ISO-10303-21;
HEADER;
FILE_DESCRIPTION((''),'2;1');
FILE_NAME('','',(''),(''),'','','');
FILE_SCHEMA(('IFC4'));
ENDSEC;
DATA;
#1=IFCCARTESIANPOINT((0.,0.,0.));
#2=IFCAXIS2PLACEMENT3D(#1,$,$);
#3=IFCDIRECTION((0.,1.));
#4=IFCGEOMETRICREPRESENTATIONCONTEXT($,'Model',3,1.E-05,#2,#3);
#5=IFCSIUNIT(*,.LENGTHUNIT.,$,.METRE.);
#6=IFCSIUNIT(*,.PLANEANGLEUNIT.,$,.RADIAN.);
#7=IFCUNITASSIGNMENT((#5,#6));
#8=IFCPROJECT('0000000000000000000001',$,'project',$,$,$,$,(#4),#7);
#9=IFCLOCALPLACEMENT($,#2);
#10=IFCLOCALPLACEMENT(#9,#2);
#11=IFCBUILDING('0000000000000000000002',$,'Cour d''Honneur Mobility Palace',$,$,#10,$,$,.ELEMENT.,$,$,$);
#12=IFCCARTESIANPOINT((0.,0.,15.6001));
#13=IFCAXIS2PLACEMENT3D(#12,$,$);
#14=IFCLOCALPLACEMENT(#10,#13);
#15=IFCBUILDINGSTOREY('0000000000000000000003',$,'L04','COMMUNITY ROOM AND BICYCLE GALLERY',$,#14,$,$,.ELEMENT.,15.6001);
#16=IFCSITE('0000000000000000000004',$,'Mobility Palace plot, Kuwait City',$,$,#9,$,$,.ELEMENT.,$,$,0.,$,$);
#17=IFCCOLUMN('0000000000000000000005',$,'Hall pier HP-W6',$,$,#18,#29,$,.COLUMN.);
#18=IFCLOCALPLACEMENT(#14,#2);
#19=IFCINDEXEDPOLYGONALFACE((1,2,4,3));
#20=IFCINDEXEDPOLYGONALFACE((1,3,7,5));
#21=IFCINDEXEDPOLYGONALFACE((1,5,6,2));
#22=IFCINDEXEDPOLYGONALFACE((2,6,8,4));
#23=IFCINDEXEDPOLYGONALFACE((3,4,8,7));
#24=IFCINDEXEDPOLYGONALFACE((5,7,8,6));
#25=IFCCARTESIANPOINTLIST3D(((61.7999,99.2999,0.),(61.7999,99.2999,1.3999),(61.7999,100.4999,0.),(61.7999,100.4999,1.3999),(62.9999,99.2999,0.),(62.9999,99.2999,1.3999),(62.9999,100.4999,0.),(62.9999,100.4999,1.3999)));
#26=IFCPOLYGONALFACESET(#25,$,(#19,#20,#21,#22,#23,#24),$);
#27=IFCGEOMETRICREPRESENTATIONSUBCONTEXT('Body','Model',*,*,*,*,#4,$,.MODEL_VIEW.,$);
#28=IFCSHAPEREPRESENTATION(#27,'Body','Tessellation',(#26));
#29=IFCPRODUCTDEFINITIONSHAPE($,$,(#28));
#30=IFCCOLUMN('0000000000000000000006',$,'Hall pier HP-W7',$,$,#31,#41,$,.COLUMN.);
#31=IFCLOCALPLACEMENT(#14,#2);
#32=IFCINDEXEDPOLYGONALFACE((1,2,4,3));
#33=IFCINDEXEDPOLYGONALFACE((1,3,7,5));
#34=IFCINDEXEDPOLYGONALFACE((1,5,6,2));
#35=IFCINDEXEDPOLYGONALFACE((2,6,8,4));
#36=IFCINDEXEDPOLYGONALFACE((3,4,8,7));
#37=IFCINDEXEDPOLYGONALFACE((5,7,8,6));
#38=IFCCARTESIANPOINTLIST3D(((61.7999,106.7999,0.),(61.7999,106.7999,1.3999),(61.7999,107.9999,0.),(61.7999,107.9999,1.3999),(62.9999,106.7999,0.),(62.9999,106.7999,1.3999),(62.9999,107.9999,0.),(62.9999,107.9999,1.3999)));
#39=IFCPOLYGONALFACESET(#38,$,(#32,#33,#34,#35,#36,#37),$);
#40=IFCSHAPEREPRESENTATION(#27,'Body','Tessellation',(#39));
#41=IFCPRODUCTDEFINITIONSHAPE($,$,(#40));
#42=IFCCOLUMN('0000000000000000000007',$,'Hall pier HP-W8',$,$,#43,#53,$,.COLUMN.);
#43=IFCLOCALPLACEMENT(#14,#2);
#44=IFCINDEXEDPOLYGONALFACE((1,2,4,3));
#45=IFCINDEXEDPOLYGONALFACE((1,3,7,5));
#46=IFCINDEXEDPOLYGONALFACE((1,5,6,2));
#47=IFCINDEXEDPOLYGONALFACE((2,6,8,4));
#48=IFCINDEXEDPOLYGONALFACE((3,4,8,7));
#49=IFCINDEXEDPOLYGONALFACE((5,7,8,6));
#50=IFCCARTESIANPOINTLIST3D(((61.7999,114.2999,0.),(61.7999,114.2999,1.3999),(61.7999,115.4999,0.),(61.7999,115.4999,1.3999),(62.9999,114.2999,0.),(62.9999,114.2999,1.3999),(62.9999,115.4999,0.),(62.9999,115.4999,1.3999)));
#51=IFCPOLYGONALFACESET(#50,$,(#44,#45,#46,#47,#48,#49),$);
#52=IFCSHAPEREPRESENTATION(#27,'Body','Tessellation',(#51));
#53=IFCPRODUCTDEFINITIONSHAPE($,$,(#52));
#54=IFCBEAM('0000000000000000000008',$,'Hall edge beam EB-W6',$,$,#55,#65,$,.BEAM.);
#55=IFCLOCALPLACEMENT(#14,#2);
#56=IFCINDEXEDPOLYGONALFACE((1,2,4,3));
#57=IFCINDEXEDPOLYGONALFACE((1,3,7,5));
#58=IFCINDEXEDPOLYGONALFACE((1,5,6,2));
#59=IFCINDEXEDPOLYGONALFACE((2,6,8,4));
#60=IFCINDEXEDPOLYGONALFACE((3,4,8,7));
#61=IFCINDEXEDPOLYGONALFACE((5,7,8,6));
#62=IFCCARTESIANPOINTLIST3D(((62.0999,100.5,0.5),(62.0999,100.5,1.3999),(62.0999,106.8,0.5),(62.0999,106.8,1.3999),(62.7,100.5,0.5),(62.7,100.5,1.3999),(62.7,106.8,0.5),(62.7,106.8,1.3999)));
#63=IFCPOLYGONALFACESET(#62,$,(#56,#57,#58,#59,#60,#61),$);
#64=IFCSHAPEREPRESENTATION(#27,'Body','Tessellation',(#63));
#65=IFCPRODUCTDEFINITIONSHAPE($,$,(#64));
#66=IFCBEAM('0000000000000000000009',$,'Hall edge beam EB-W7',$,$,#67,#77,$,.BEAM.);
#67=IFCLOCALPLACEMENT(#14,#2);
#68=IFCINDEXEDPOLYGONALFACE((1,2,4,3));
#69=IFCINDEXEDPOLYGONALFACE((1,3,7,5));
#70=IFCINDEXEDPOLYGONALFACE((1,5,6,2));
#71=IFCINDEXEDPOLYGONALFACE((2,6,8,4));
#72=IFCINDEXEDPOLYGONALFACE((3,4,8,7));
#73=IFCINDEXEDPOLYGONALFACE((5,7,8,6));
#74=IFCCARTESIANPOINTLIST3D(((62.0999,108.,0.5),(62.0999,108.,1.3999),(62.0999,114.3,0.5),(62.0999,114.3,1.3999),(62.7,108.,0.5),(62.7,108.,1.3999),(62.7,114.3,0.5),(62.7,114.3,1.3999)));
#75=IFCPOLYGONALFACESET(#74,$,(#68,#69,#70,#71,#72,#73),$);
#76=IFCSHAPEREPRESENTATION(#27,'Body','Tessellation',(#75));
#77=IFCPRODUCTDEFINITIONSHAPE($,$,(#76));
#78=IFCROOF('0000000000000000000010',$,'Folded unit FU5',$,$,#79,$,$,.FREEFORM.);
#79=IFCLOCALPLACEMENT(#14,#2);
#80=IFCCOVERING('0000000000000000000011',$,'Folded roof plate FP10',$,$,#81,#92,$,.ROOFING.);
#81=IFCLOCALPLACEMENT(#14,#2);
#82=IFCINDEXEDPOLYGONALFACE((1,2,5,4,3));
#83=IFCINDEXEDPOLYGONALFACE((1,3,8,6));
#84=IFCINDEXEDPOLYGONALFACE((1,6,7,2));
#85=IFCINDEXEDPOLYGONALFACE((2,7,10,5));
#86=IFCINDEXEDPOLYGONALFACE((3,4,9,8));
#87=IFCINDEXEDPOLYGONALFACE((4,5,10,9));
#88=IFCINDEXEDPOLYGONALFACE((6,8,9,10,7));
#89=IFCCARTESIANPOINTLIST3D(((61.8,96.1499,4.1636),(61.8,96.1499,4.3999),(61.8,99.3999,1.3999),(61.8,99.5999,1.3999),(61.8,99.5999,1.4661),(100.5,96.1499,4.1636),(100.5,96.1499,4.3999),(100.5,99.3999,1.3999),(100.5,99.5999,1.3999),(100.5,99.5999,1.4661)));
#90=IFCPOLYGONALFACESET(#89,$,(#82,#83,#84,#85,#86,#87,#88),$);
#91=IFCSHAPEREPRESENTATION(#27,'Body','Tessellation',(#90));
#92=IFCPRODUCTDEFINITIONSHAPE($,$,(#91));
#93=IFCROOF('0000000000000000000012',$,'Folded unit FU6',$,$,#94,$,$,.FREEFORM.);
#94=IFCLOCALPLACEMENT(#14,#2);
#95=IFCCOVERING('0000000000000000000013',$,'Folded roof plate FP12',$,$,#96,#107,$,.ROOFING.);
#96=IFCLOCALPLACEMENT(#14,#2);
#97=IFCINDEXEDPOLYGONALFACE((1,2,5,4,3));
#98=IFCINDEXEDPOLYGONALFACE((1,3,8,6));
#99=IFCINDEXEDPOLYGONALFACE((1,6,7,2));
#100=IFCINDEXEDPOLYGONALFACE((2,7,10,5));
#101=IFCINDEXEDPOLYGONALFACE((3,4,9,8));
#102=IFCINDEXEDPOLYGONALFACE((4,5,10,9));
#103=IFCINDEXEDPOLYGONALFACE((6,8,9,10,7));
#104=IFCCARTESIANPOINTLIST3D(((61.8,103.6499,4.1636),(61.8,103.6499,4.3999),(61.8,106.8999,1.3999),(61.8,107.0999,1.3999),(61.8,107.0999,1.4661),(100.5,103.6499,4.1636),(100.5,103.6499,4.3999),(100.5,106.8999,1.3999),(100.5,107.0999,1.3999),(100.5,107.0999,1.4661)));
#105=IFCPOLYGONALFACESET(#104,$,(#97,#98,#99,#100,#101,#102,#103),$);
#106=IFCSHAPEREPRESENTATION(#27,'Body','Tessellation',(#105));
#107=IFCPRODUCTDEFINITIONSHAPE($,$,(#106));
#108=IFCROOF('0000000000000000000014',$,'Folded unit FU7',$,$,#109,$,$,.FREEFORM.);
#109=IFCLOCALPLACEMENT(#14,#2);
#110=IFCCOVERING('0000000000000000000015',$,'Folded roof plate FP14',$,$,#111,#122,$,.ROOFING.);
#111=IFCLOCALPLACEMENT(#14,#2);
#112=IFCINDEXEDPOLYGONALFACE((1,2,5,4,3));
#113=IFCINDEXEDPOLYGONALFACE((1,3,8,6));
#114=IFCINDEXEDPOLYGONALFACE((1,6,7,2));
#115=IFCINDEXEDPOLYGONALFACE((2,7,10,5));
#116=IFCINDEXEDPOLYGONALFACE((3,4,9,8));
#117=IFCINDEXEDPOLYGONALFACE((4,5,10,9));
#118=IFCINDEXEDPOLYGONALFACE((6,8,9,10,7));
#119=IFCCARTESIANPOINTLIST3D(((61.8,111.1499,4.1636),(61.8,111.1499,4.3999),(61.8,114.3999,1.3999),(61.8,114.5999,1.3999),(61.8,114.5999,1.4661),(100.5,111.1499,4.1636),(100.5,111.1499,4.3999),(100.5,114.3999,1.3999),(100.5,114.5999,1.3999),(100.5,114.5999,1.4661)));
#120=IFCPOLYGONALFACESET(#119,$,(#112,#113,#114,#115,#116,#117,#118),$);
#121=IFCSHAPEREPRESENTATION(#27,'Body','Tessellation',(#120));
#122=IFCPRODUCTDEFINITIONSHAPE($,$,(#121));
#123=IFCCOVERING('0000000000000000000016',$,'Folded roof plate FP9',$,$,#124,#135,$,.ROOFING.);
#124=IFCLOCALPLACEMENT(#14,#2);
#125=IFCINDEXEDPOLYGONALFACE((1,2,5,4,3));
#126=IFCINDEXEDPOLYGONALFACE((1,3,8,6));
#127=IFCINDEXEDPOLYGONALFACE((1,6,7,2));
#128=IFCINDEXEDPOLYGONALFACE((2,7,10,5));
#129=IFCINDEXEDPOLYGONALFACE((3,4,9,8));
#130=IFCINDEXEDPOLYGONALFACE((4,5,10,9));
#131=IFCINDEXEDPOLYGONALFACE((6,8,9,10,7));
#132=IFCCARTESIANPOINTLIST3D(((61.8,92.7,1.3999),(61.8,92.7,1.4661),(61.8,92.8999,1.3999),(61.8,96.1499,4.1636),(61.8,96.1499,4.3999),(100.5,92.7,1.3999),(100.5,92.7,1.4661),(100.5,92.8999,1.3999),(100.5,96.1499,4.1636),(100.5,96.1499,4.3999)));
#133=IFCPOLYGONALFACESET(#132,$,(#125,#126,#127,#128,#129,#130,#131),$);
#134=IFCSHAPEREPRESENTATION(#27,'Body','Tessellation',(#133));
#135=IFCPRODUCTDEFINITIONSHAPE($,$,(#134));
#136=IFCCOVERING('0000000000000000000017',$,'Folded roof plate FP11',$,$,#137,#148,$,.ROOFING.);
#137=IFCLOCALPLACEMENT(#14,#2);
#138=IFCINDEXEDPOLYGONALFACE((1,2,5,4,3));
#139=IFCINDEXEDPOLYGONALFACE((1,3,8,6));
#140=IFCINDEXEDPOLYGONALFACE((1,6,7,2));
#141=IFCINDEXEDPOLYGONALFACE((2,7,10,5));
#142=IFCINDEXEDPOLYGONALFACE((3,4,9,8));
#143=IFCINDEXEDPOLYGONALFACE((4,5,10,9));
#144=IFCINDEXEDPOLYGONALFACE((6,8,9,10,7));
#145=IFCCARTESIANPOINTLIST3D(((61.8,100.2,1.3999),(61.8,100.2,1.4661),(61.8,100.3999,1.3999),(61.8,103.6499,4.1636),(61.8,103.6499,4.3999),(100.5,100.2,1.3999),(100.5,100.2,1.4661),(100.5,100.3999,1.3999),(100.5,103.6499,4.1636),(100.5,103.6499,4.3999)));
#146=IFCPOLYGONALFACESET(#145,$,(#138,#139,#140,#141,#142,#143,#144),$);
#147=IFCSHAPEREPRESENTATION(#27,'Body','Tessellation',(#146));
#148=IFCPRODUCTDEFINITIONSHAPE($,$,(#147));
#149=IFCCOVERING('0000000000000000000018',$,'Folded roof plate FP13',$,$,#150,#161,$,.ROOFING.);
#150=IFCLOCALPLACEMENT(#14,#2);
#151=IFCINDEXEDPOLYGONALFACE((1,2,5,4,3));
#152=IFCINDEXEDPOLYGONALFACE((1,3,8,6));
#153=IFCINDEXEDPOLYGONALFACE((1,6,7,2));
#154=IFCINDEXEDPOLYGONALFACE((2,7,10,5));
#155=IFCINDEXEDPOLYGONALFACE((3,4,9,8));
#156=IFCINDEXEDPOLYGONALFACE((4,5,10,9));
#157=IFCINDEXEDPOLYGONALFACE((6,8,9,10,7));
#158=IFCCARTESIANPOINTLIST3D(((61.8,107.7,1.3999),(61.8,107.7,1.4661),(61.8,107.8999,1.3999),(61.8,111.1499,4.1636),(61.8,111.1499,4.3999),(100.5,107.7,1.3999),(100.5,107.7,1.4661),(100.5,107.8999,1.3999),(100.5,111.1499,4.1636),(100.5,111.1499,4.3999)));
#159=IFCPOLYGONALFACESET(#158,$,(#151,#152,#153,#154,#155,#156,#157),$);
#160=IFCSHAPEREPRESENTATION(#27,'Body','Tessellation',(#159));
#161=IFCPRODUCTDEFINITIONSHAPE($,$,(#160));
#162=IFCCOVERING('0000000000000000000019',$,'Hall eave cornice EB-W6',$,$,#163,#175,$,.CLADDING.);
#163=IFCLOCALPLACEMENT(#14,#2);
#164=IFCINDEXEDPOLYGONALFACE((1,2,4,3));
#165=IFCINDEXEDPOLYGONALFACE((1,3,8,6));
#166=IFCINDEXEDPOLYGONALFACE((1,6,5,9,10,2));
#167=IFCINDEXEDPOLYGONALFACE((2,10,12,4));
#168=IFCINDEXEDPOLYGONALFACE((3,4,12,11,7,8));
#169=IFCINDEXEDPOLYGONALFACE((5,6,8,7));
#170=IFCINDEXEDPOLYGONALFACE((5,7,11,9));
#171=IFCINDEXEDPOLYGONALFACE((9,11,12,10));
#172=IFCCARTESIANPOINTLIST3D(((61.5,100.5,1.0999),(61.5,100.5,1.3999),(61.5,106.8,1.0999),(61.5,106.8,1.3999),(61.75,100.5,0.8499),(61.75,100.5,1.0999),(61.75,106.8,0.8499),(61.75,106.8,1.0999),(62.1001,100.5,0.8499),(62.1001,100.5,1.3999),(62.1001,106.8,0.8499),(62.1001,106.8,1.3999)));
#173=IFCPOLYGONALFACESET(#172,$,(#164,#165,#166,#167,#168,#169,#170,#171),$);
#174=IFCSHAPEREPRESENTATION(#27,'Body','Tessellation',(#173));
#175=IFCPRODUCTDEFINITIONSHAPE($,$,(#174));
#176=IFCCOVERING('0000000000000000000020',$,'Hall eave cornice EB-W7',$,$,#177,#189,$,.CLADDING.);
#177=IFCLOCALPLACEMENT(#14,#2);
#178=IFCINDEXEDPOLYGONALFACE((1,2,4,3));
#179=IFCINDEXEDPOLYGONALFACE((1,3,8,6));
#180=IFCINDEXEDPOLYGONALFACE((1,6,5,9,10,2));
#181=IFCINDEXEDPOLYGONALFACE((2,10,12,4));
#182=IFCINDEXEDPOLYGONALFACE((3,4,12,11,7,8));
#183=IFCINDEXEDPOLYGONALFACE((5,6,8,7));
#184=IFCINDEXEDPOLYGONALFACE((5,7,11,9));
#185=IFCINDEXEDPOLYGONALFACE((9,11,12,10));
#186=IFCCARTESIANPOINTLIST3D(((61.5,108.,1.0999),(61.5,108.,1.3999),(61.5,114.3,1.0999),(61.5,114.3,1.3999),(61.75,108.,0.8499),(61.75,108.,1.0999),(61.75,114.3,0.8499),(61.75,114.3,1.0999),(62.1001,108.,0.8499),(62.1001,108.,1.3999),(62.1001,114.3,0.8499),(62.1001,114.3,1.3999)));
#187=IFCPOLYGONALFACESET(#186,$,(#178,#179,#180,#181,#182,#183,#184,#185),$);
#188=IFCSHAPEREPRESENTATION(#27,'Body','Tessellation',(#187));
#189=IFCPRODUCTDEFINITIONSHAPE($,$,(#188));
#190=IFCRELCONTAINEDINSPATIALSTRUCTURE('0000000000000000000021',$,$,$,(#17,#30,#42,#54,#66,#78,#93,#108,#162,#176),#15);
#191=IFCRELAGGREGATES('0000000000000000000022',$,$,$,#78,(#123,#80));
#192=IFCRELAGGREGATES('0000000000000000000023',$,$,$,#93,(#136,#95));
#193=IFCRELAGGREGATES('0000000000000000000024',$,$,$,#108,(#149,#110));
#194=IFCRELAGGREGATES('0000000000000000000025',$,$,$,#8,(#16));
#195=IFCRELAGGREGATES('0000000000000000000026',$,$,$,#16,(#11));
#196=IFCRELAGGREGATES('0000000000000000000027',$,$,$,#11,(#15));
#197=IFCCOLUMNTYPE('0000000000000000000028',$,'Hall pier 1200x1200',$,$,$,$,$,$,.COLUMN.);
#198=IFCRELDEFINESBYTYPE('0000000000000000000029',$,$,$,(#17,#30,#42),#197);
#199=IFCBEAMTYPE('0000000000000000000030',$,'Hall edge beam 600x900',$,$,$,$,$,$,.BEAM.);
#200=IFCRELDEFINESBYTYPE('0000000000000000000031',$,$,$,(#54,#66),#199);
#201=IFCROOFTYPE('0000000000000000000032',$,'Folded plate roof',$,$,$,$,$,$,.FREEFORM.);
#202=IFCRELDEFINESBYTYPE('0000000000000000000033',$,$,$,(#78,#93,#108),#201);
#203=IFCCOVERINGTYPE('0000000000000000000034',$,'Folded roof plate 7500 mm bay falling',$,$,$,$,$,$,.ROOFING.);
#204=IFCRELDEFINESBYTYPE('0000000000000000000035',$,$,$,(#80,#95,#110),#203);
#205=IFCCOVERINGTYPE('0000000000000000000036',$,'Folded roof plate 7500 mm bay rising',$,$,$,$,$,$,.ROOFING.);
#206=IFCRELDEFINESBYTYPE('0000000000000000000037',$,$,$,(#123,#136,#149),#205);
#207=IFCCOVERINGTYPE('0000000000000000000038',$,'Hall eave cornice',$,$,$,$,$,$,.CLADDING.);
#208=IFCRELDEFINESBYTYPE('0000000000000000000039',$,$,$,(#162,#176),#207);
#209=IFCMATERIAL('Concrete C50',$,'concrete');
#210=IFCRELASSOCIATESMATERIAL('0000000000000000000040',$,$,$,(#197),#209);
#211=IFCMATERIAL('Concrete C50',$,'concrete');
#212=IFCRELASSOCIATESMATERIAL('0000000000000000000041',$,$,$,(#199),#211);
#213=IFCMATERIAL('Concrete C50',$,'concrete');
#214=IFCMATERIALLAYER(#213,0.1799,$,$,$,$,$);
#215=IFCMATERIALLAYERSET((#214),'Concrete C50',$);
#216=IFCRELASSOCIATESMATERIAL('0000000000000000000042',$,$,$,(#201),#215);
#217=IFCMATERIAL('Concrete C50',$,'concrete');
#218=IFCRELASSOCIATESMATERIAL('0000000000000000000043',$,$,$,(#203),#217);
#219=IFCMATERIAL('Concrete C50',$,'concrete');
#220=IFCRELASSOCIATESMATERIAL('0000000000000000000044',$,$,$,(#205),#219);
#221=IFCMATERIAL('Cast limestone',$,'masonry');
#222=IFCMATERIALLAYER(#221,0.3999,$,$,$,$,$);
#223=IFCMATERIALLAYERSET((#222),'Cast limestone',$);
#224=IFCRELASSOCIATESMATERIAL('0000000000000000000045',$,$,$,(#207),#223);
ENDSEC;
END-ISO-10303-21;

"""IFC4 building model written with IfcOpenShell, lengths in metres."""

from ifc_helpers import new_model, si_unit, direction, frame, origin, origin_2d, place, context, subcontext, project, spatial, polyline, rectangle, outline, extrude, material, layer, layer_set, material_profile, profile_set, type_object, element, aggregate, save


model = new_model("IFC4")

# Units and contexts
model_context = context("Model", 3, precision=1e-05, world=origin(), true_north=direction((0.0, 1.0)))
body_context = subcontext(model_context, "Body", "Model", "MODEL_VIEW")
ifc_project = project(units=[si_unit("LENGTHUNIT", "METRE"), si_unit("PLANEANGLEUNIT", "RADIAN")], contexts=[model_context])

# Site, building, storey
site_placement = place(None, origin())
site = spatial("IfcSite", under=ifc_project, at=site_placement, Name="Mobility Palace plot, Kuwait City", CompositionType="ELEMENT", RefElevation=0.0)
building_placement = place(site_placement, origin())
building = spatial("IfcBuilding", under=site, at=building_placement, Name="Cour d'Honneur Mobility Palace", CompositionType="ELEMENT")
storey_placement = place(building_placement, frame((0.0, 0.0, 15.6001)))
storey = spatial("IfcBuildingStorey", under=building, at=storey_placement, Name="L04", Description="COMMUNITY ROOM AND BICYCLE GALLERY", CompositionType="ELEMENT", Elevation=15.6001)

# Columns
ifc_material_1 = material(Name="Concrete C50", Category="concrete")
ifc_material_profile_1 = material_profile(ifc_material_1, rectangle(XDim=1.2, YDim=1.2, at=origin_2d()), Name="Hall pier 1200x1200")
ifc_profile_set_1 = profile_set([ifc_material_profile_1], Name="Concrete C50")
column_type = type_object("IfcColumnType", Name="Hall pier 1200x1200", PredefinedType="COLUMN", material=ifc_profile_set_1)
for number, where, z_axis, x_axis, name in (
    (1, (62.3999, 99.8999, 0.0), (0.0, 0.0, 1.0), (1.0, 0.0, 0.0), "Hall pier HP-W6"),
    (2, (62.3999, 107.3999, 0.0), (0.0, 0.0, 1.0), (1.0, 0.0, 0.0), "Hall pier HP-W7"),
    (3, (62.3999, 114.8999, 0.0), (0.0, 0.0, 1.0), (1.0, 0.0, 0.0), "Hall pier HP-W8"),
):
    element("IfcColumn", number, at=place(storey_placement, frame(where, z_axis=z_axis, x_axis=x_axis)), inside=storey, type_object=column_type, Name=name, PredefinedType="COLUMN", context=body_context, shape_type="SweptSolid", body=[
        extrude(rectangle(XDim=1.2, YDim=1.2, at=origin_2d()), origin(), (0.0, 0.0, 1.0), 1.3999),
    ])

# Beams
ifc_material_2 = material(Name="Concrete C50", Category="concrete")
ifc_material_profile_2 = material_profile(ifc_material_2, rectangle(XDim=0.6001, YDim=0.8999, at=origin_2d()), Name="Hall edge beam 600x900")
ifc_profile_set_2 = profile_set([ifc_material_profile_2], Name="Concrete C50")
beam_type = type_object("IfcBeamType", Name="Hall edge beam 600x900", PredefinedType="BEAM", material=ifc_profile_set_2)
for number, where, z_axis, x_axis, name in (
    (4, (62.3999, 100.5, 0.95), (0.0, 1.0, 0.0), (-1.0, 0.0, 0.0), "Hall edge beam EB-W6"),
    (5, (62.3999, 108.0, 0.95), (0.0, 1.0, 0.0), (-1.0, 0.0, 0.0), "Hall edge beam EB-W7"),
):
    element("IfcBeam", number, at=place(storey_placement, frame(where, z_axis=z_axis, x_axis=x_axis)), inside=storey, type_object=beam_type, Name=name, PredefinedType="BEAM", context=body_context, shape_type="SweptSolid", body=[
        extrude(rectangle(XDim=0.6001, YDim=0.8999, at=origin_2d()), origin(), (0.0, 0.0, 1.0), 6.3),
    ])

# Roofs, coverings
ifc_material_3 = material(Name="Concrete C50", Category="concrete")
ifc_layer_1 = layer(ifc_material_3, 0.1799)
ifc_layer_set_1 = layer_set([ifc_layer_1], Name="Concrete C50")
roof_type = type_object("IfcRoofType", Name="Folded plate roof", PredefinedType="FREEFORM", material=ifc_layer_set_1)
roof_1_placement = place(storey_placement, origin())
roof_1 = element("IfcRoof", 6, at=roof_1_placement, inside=storey, type_object=roof_type, Name="Folded unit FU5", PredefinedType="FREEFORM")
ifc_material_4 = material(Name="Concrete C50", Category="concrete")
ifc_material_profile_3 = material_profile(ifc_material_4, outline(polyline([(3.45, 0.0), (3.25, 0.0), (0.0, 2.7637), (0.0, 3.0), (3.45, 0.0662), (3.45, 0.0)])), Name="Folded roof plate 7500 mm bay falling")
ifc_profile_set_3 = profile_set([ifc_material_profile_3], Name="Concrete C50")
covering_type_1 = type_object("IfcCoveringType", Name="Folded roof plate 7500 mm bay falling", PredefinedType="ROOFING", material=ifc_profile_set_3)
covering_1_placement = place(storey_placement, frame((61.8, 96.1499, 1.3999), z_axis=(1.0, 0.0, 0.0), x_axis=(0.0, 1.0, 0.0)))
covering_1 = element("IfcCovering", 7, at=covering_1_placement, type_object=covering_type_1, Name="Folded roof plate FP10", PredefinedType="ROOFING", context=body_context, shape_type="SweptSolid", body=[
    extrude(outline(polyline([(3.45, 0.0), (3.25, 0.0), (0.0, 2.7637), (0.0, 3.0), (3.45, 0.0662), (3.45, 0.0)])), origin(), (0.0, 0.0, 1.0), 38.7),
])
roof_2_placement = place(storey_placement, origin())
roof_2 = element("IfcRoof", 8, at=roof_2_placement, inside=storey, type_object=roof_type, Name="Folded unit FU6", PredefinedType="FREEFORM")
covering_2_placement = place(storey_placement, frame((61.8, 103.6499, 1.3999), z_axis=(1.0, 0.0, 0.0), x_axis=(0.0, 1.0, 0.0)))
covering_2 = element("IfcCovering", 9, at=covering_2_placement, type_object=covering_type_1, Name="Folded roof plate FP12", PredefinedType="ROOFING", context=body_context, shape_type="SweptSolid", body=[
    extrude(outline(polyline([(3.45, 0.0), (3.25, 0.0), (0.0, 2.7637), (0.0, 3.0), (3.45, 0.0662), (3.45, 0.0)])), origin(), (0.0, 0.0, 1.0), 38.7),
])
roof_3_placement = place(storey_placement, origin())
roof_3 = element("IfcRoof", 10, at=roof_3_placement, inside=storey, type_object=roof_type, Name="Folded unit FU7", PredefinedType="FREEFORM")
covering_3_placement = place(storey_placement, frame((61.8, 111.1499, 1.3999), z_axis=(1.0, 0.0, 0.0), x_axis=(0.0, 1.0, 0.0)))
covering_3 = element("IfcCovering", 11, at=covering_3_placement, type_object=covering_type_1, Name="Folded roof plate FP14", PredefinedType="ROOFING", context=body_context, shape_type="SweptSolid", body=[
    extrude(outline(polyline([(3.45, 0.0), (3.25, 0.0), (0.0, 2.7637), (0.0, 3.0), (3.45, 0.0662), (3.45, 0.0)])), origin(), (0.0, 0.0, 1.0), 38.7),
])

# Coverings
ifc_material_5 = material(Name="Concrete C50", Category="concrete")
ifc_material_profile_4 = material_profile(ifc_material_5, outline(polyline([(-3.45, 0.0662), (0.0, 3.0), (0.0, 2.7637), (-3.25, 0.0), (-3.45, 0.0), (-3.45, 0.0662)])), Name="Folded roof plate 7500 mm bay rising")
ifc_profile_set_4 = profile_set([ifc_material_profile_4], Name="Concrete C50")
covering_type_2 = type_object("IfcCoveringType", Name="Folded roof plate 7500 mm bay rising", PredefinedType="ROOFING", material=ifc_profile_set_4)
covering_4_placement = place(storey_placement, frame((61.8, 96.1499, 1.3999), z_axis=(1.0, 0.0, 0.0), x_axis=(0.0, 1.0, 0.0)))
covering_4 = element("IfcCovering", 12, at=covering_4_placement, type_object=covering_type_2, Name="Folded roof plate FP9", PredefinedType="ROOFING", context=body_context, shape_type="SweptSolid", body=[
    extrude(outline(polyline([(-3.45, 0.0662), (0.0, 3.0), (0.0, 2.7637), (-3.25, 0.0), (-3.45, 0.0), (-3.45, 0.0662)])), origin(), (0.0, 0.0, 1.0), 38.7),
])
aggregate(roof_1, [covering_4, covering_1])
covering_5_placement = place(storey_placement, frame((61.8, 103.6499, 1.3999), z_axis=(1.0, 0.0, 0.0), x_axis=(0.0, 1.0, 0.0)))
covering_5 = element("IfcCovering", 13, at=covering_5_placement, type_object=covering_type_2, Name="Folded roof plate FP11", PredefinedType="ROOFING", context=body_context, shape_type="SweptSolid", body=[
    extrude(outline(polyline([(-3.45, 0.0662), (0.0, 3.0), (0.0, 2.7637), (-3.25, 0.0), (-3.45, 0.0), (-3.45, 0.0662)])), origin(), (0.0, 0.0, 1.0), 38.7),
])
aggregate(roof_2, [covering_5, covering_2])
covering_6_placement = place(storey_placement, frame((61.8, 111.1499, 1.3999), z_axis=(1.0, 0.0, 0.0), x_axis=(0.0, 1.0, 0.0)))
covering_6 = element("IfcCovering", 14, at=covering_6_placement, type_object=covering_type_2, Name="Folded roof plate FP13", PredefinedType="ROOFING", context=body_context, shape_type="SweptSolid", body=[
    extrude(outline(polyline([(-3.45, 0.0662), (0.0, 3.0), (0.0, 2.7637), (-3.25, 0.0), (-3.45, 0.0), (-3.45, 0.0662)])), origin(), (0.0, 0.0, 1.0), 38.7),
])
aggregate(roof_3, [covering_6, covering_3])

# Coverings
ifc_material_6 = material(Name="Cast limestone", Category="masonry")
ifc_layer_2 = layer(ifc_material_6, 0.3999)
ifc_layer_set_2 = layer_set([ifc_layer_2], Name="Cast limestone")
covering_type_3 = type_object("IfcCoveringType", Name="Hall eave cornice", PredefinedType="CLADDING", material=ifc_layer_set_2)
for number, where, z_axis, x_axis, name in (
    (15, (62.1001, 100.5, 1.3999), (0.0, -1.0, 0.0), (-1.0, 0.0, 0.0), "Hall eave cornice EB-W6"),
    (16, (62.1001, 108.0, 1.3999), (0.0, -1.0, 0.0), (-1.0, 0.0, 0.0), "Hall eave cornice EB-W7"),
):
    element("IfcCovering", number, at=place(storey_placement, frame(where, z_axis=z_axis, x_axis=x_axis)), inside=storey, type_object=covering_type_3, Name=name, PredefinedType="CLADDING", context=body_context, shape_type="SweptSolid", body=[
        extrude(outline(polyline([(0.0, 0.0), (0.6001, 0.0), (0.6001, 0.3), (0.3501, 0.3), (0.3501, 0.55), (0.0, 0.55), (0.0, 0.0)])), origin(), (0.0, 0.0, -1.0), 6.3),
    ])

save(model, "model.ifc")
